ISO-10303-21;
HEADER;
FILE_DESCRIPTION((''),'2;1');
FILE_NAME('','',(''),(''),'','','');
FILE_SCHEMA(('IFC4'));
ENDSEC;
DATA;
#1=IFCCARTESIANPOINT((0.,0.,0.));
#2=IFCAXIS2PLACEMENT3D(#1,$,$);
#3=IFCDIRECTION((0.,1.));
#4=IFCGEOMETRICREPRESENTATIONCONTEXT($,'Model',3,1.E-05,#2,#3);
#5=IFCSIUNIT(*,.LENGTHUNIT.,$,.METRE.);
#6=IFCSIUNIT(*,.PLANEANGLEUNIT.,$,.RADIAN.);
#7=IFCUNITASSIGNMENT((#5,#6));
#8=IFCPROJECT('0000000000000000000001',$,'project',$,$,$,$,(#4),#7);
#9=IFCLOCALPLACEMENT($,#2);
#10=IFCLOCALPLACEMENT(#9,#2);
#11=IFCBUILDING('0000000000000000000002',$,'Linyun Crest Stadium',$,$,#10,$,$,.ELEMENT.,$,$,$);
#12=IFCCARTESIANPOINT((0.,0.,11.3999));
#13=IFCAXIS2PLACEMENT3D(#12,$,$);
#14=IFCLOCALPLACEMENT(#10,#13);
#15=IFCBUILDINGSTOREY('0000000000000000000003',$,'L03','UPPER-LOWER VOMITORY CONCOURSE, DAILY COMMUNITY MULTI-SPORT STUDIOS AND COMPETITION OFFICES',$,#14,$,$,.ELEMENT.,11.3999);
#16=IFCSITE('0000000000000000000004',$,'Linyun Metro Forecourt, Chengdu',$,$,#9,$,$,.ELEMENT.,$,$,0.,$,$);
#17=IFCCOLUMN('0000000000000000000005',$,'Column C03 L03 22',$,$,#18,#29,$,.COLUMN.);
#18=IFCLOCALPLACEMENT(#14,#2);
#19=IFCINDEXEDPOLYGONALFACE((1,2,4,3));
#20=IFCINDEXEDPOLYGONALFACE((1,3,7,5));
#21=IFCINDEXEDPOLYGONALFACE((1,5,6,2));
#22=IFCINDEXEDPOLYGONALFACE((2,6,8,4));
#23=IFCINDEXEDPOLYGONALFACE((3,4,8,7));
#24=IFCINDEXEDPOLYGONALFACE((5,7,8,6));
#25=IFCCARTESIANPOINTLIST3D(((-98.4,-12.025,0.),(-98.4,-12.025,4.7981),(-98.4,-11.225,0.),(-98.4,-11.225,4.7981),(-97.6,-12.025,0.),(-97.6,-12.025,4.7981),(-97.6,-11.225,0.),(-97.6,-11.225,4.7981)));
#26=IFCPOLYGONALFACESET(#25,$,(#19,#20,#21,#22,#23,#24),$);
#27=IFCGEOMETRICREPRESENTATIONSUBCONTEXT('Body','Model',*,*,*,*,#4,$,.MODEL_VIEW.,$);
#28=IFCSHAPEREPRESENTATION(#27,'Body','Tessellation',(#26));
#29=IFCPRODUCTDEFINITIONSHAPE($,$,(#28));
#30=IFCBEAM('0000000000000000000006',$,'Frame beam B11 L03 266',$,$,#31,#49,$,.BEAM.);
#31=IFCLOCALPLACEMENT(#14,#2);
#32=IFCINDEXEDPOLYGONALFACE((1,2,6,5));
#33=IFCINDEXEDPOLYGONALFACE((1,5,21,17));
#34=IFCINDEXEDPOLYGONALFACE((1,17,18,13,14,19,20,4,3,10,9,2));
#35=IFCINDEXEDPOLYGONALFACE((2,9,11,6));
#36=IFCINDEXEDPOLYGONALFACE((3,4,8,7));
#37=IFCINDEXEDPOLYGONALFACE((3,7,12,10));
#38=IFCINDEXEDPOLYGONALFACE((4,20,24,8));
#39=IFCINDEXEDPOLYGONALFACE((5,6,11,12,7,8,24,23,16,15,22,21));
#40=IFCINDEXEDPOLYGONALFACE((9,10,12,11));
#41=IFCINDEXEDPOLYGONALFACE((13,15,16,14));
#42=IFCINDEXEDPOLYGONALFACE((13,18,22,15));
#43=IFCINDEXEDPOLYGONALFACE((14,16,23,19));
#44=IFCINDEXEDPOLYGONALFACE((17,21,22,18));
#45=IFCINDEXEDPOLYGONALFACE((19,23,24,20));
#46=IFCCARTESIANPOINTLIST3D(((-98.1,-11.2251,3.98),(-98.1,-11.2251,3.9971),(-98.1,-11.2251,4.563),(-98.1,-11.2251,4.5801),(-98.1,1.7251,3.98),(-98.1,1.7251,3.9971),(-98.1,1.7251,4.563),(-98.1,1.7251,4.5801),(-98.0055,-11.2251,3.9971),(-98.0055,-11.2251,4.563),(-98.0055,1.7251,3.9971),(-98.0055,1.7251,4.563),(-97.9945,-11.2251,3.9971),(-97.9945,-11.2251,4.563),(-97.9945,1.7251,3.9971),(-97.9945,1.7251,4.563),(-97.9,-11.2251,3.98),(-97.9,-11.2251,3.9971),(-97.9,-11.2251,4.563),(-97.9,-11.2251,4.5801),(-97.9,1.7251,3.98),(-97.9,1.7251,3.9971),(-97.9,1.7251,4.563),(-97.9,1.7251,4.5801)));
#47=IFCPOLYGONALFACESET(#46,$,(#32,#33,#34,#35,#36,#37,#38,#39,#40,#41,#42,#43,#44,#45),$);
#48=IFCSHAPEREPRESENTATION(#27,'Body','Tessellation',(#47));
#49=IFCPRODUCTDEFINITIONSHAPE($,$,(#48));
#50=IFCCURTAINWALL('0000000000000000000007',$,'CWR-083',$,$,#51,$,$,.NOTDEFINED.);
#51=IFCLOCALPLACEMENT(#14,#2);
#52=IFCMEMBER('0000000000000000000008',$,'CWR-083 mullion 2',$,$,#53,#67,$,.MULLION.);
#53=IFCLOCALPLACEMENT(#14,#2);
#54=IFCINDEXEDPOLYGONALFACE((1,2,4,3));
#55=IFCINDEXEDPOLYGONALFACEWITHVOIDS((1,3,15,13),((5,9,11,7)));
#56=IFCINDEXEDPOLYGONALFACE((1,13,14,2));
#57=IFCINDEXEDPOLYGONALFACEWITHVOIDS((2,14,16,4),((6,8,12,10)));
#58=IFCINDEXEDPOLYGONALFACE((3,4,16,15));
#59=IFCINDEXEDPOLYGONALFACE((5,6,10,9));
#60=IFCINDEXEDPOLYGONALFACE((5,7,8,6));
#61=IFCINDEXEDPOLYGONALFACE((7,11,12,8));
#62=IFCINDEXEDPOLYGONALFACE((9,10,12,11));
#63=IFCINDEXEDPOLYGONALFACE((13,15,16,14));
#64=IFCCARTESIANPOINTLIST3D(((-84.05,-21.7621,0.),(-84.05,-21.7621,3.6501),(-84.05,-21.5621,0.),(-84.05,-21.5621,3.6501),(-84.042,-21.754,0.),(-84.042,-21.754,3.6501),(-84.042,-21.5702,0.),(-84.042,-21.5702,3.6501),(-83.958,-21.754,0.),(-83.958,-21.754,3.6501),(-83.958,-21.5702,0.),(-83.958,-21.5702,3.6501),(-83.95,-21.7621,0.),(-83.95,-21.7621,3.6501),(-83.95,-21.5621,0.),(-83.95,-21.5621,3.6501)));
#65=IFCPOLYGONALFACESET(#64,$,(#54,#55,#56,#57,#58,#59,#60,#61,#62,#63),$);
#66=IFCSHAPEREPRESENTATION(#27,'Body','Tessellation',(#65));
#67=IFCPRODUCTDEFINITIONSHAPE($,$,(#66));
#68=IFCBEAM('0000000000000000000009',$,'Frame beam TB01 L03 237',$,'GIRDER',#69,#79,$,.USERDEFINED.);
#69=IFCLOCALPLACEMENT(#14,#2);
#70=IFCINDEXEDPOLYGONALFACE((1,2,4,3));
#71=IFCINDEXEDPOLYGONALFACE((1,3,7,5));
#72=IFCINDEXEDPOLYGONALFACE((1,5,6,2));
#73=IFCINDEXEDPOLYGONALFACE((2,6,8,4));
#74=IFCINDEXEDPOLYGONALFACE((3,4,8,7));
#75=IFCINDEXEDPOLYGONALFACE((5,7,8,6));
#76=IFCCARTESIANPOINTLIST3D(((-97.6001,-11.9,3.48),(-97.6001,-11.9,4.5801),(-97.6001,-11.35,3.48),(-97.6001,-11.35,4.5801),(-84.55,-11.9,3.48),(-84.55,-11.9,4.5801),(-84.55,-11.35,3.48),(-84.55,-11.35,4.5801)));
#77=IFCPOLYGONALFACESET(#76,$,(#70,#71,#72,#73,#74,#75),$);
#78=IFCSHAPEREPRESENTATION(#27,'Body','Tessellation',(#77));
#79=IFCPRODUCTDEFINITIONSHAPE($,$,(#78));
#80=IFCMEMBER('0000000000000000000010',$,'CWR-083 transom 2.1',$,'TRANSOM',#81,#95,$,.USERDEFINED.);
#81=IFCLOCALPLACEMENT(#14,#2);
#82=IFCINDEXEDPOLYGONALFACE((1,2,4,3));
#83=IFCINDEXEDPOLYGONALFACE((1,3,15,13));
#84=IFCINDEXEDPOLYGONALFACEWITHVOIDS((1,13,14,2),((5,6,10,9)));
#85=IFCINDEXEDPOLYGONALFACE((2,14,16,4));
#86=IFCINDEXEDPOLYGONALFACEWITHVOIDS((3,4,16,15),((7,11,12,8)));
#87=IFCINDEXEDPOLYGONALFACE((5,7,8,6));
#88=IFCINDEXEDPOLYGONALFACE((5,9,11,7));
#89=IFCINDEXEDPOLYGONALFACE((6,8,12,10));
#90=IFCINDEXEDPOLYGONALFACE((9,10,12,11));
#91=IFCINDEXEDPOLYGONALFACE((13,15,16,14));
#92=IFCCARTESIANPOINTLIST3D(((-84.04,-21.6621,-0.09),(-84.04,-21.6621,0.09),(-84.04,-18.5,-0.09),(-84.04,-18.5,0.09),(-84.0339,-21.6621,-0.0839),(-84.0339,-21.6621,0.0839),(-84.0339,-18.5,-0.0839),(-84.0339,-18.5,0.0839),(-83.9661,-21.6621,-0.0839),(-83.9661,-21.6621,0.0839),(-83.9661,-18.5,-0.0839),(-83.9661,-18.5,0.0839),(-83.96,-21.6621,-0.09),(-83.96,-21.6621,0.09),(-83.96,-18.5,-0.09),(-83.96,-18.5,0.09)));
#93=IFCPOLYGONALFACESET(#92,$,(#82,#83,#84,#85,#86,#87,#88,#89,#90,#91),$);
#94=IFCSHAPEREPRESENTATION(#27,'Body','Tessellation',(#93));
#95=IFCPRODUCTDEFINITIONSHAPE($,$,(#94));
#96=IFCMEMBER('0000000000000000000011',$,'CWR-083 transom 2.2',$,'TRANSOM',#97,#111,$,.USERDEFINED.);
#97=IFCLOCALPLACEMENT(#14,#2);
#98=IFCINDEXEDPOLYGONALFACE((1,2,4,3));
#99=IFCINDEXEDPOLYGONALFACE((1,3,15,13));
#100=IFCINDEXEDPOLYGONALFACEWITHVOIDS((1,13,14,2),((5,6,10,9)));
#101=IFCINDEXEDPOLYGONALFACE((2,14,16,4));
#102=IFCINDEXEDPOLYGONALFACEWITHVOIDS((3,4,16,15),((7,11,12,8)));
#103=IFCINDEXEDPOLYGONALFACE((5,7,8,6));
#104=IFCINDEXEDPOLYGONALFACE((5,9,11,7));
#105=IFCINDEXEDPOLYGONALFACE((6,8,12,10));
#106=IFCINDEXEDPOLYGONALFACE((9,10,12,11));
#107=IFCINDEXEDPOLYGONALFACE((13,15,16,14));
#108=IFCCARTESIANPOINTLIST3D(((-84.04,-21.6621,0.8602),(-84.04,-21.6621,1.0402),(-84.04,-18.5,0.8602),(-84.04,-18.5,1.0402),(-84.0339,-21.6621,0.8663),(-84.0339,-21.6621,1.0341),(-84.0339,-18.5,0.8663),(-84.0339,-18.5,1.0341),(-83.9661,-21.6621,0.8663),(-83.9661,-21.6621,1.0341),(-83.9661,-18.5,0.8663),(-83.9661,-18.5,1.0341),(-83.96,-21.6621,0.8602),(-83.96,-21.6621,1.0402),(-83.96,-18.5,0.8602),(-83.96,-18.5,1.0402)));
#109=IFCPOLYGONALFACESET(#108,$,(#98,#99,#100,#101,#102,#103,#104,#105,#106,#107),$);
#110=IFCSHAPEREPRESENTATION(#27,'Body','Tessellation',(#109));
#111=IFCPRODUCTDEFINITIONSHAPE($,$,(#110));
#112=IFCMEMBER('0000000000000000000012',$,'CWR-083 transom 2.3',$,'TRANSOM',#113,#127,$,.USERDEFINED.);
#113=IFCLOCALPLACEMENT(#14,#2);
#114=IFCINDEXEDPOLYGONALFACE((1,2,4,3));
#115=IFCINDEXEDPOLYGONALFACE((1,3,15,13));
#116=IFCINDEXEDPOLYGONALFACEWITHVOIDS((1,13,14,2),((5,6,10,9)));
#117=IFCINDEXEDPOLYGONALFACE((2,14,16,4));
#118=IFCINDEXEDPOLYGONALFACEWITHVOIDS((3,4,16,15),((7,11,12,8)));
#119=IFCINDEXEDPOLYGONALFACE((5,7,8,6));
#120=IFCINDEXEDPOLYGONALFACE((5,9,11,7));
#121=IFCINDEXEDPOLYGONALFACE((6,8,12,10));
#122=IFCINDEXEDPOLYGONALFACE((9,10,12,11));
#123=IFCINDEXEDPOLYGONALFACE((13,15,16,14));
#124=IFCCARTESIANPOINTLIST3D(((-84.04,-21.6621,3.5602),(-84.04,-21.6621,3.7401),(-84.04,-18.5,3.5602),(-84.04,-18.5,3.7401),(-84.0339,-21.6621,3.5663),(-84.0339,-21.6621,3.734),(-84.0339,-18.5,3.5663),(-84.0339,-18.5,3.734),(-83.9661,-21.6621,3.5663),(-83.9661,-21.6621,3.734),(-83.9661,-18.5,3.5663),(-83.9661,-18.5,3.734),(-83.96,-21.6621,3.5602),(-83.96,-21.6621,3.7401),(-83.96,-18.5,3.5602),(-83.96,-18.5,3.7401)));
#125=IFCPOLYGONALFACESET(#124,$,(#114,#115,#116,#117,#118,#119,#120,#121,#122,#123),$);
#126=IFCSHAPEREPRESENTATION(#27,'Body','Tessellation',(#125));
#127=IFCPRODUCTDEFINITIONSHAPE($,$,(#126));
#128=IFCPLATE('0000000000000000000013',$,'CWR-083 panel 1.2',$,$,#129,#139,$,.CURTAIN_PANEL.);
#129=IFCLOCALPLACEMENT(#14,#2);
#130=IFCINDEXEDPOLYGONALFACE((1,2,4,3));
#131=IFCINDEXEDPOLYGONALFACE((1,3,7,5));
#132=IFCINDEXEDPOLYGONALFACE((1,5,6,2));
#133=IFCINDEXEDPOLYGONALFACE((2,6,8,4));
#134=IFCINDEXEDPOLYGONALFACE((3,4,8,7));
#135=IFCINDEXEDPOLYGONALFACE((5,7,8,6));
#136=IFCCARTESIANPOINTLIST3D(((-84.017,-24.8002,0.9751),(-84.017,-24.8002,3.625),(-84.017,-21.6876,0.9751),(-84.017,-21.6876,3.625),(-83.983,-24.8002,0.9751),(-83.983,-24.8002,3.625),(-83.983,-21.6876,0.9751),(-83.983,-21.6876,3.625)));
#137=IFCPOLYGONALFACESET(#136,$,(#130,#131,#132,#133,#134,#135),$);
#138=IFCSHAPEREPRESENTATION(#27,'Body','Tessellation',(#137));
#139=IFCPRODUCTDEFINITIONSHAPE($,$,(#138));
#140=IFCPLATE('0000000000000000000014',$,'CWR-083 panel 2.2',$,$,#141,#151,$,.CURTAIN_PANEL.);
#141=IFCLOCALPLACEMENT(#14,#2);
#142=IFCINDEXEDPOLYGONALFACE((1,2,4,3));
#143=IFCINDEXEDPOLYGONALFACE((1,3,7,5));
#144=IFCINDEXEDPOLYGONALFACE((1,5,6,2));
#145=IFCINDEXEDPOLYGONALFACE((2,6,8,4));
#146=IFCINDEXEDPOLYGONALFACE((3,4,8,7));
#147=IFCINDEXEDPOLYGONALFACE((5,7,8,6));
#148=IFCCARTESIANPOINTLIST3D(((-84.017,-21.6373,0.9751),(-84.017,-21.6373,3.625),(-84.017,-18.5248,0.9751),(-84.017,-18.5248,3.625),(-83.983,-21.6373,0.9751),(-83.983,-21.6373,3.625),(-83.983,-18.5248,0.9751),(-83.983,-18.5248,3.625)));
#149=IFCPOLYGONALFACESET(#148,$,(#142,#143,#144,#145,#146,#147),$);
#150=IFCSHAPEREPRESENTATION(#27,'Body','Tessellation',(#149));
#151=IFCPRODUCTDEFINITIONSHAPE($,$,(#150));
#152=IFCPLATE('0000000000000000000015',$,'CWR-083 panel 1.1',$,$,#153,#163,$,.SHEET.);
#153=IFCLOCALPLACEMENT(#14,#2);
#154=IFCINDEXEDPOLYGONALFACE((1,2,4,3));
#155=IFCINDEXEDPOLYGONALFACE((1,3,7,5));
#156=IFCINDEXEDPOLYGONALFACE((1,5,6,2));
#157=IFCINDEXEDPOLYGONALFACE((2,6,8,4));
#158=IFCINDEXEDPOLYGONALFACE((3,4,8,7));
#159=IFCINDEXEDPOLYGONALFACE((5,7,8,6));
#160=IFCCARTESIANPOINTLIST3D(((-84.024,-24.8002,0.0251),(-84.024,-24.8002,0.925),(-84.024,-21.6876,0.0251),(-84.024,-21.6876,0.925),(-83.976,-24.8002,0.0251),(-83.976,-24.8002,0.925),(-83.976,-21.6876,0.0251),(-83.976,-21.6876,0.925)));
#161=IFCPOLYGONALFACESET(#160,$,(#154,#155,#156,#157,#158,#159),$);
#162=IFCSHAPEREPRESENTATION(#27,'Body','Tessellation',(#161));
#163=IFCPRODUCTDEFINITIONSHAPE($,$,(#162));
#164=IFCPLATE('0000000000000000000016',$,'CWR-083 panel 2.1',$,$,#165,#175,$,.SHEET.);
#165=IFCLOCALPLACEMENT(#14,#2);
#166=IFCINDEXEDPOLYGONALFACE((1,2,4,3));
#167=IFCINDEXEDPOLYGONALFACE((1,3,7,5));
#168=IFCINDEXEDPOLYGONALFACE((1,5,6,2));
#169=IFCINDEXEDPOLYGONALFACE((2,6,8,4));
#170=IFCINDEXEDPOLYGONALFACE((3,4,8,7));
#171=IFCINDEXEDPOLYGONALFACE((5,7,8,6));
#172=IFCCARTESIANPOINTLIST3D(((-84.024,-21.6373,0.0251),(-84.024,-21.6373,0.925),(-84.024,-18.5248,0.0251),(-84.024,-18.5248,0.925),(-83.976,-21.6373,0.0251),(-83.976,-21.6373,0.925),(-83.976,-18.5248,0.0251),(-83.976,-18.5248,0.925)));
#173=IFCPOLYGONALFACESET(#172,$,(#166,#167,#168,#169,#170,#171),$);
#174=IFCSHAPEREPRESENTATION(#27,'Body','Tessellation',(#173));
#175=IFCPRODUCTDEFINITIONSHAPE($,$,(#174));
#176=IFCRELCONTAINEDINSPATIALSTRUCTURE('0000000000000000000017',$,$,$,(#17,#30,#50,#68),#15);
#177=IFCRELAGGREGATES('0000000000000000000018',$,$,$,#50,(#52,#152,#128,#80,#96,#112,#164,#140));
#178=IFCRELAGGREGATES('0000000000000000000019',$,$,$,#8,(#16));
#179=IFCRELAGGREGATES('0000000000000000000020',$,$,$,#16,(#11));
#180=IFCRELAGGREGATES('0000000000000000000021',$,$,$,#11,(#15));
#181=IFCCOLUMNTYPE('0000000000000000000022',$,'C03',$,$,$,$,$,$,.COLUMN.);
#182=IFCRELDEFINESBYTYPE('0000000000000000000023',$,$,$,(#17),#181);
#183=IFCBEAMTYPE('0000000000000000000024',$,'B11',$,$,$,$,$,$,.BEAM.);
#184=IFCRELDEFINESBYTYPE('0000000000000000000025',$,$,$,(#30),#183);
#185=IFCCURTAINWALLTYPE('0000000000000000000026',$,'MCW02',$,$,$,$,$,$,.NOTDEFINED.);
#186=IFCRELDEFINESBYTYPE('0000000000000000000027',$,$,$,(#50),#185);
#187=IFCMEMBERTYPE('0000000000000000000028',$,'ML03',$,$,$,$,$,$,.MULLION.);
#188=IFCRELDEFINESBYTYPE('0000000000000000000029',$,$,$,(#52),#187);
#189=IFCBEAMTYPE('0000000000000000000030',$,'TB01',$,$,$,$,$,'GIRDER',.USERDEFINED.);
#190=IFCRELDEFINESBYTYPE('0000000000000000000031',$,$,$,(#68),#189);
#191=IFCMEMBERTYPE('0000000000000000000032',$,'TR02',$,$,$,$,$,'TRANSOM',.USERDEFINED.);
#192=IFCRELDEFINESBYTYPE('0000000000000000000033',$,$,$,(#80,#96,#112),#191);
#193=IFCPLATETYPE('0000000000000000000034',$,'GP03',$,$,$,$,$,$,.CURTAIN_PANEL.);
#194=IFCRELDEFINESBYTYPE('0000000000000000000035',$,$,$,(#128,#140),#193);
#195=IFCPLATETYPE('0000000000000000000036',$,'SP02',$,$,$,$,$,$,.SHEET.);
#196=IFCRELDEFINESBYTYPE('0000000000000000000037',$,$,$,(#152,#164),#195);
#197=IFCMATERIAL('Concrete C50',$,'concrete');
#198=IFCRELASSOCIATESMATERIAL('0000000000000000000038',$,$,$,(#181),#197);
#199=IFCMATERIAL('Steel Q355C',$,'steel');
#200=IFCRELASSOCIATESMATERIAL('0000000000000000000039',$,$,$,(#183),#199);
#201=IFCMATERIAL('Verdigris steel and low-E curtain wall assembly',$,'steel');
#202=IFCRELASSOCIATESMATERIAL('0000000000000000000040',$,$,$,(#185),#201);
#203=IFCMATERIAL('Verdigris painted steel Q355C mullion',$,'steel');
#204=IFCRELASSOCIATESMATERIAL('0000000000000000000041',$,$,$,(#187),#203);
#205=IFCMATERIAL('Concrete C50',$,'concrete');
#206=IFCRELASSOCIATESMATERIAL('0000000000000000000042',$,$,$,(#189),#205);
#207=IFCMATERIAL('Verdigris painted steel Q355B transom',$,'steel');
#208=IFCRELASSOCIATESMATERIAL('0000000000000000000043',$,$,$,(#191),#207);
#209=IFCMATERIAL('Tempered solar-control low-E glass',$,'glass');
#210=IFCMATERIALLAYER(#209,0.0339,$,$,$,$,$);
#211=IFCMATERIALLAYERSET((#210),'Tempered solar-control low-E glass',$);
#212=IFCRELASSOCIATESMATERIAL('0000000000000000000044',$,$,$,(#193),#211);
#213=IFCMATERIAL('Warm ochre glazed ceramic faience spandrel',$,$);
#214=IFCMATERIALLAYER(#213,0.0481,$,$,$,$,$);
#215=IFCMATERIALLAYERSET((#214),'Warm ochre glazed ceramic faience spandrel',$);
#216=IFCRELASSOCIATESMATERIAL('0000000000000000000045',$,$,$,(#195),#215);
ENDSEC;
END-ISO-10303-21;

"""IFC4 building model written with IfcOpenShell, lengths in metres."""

from ifc_helpers import new_model, si_unit, direction, frame, origin, origin_2d, place, context, subcontext, project, spatial, rectangle, hollow_rectangle, i_section, extrude, material, layer, layer_set, material_profile, profile_set, type_object, element, aggregate, save


model = new_model("IFC4")

# Units and contexts
model_context = context("Model", 3, precision=1e-05, world=origin(), true_north=direction((0.0, 1.0)))
body_context = subcontext(model_context, "Body", "Model", "MODEL_VIEW")
ifc_project = project(units=[si_unit("LENGTHUNIT", "METRE"), si_unit("PLANEANGLEUNIT", "RADIAN")], contexts=[model_context])

# Site, building, storey
site_placement = place(None, origin())
site = spatial("IfcSite", under=ifc_project, at=site_placement, Name="Linyun Metro Forecourt, Chengdu", CompositionType="ELEMENT", RefElevation=0.0)
building_placement = place(site_placement, origin())
building = spatial("IfcBuilding", under=site, at=building_placement, Name="Linyun Crest Stadium", CompositionType="ELEMENT")
storey_placement = place(building_placement, frame((0.0, 0.0, 11.3999)))
storey = spatial("IfcBuildingStorey", under=building, at=storey_placement, Name="L03", Description="UPPER-LOWER VOMITORY CONCOURSE, DAILY COMMUNITY MULTI-SPORT STUDIOS AND COMPETITION OFFICES", CompositionType="ELEMENT", Elevation=11.3999)

# Column
ifc_material_1 = material(Name="Concrete C50", Category="concrete")
ifc_material_profile_1 = material_profile(ifc_material_1, rectangle(XDim=0.8, YDim=0.8, at=origin_2d()), Name="RC 800x800")
ifc_profile_set_1 = profile_set([ifc_material_profile_1], Name="Concrete C50")
column_type = type_object("IfcColumnType", Name="C03", PredefinedType="COLUMN", material=ifc_profile_set_1)
column_placement = place(storey_placement, frame((-98.0, -11.625, 0.0), z_axis=(0.0, 0.0, 1.0), x_axis=(1.0, 0.0, 0.0)))
element("IfcColumn", 1, at=column_placement, inside=storey, type_object=column_type, Name="Column C03 L03 22", PredefinedType="COLUMN", context=body_context, shape_type="SweptSolid", body=[
    extrude(rectangle(XDim=0.8, YDim=0.8, at=origin_2d()), origin(), (0.0, 0.0, 1.0), 4.7981),
])

# Beam
ifc_material_2 = material(Name="Steel Q355C", Category="steel")
ifc_material_profile_2 = material_profile(ifc_material_2, i_section(OverallWidth=0.2, OverallDepth=0.6001, WebThickness=0.011, FlangeThickness=0.0171, at=origin_2d()), Name="HN 600x200")
ifc_profile_set_2 = profile_set([ifc_material_profile_2], Name="Steel Q355C")
beam_type_1 = type_object("IfcBeamType", Name="B11", PredefinedType="BEAM", material=ifc_profile_set_2)
beam_1_placement = place(storey_placement, frame((-98.0, -11.2251, 4.28), z_axis=(0.0, 1.0, 0.0), x_axis=(-1.0, 0.0, 0.0)))
element("IfcBeam", 2, at=beam_1_placement, inside=storey, type_object=beam_type_1, Name="Frame beam B11 L03 266", PredefinedType="BEAM", context=body_context, shape_type="SweptSolid", body=[
    extrude(i_section(OverallWidth=0.2, OverallDepth=0.6001, WebThickness=0.011, FlangeThickness=0.0171, at=origin_2d()), origin(), (0.0, 0.0, 1.0), 12.9502),
])

# Curtain wall, member
ifc_material_3 = material(Name="Verdigris steel and low-E curtain wall assembly", Category="steel")
curtain_wall_type = type_object("IfcCurtainWallType", Name="MCW02", PredefinedType="NOTDEFINED", material=ifc_material_3)
curtain_wall_placement = place(storey_placement, origin())
curtain_wall = element("IfcCurtainWall", 3, at=curtain_wall_placement, inside=storey, type_object=curtain_wall_type, Name="CWR-083", PredefinedType="NOTDEFINED")
ifc_material_4 = material(Name="Verdigris painted steel Q355C mullion", Category="steel")
ifc_material_profile_3 = material_profile(ifc_material_4, hollow_rectangle(XDim=0.1001, YDim=0.2, WallThickness=0.0081, at=origin_2d()), Name="RHS 200x100x8")
ifc_profile_set_3 = profile_set([ifc_material_profile_3], Name="Verdigris painted steel Q355C mullion")
member_type_1 = type_object("IfcMemberType", Name="ML03", PredefinedType="MULLION", material=ifc_profile_set_3)
member_1_placement = place(storey_placement, frame((-84.0, -21.6621, 0.0), z_axis=(0.0, 0.0, 1.0), x_axis=(-1.0, 0.0, 0.0)))
member_1 = element("IfcMember", 4, at=member_1_placement, type_object=member_type_1, Name="CWR-083 mullion 2", PredefinedType="MULLION", context=body_context, shape_type="SweptSolid", body=[
    extrude(hollow_rectangle(XDim=0.1001, YDim=0.2, WallThickness=0.0081, at=origin_2d()), origin(), (0.0, 0.0, 1.0), 3.6501),
])

# Beam
ifc_material_5 = material(Name="Concrete C50", Category="concrete")
ifc_material_profile_4 = material_profile(ifc_material_5, rectangle(XDim=0.55, YDim=1.1001, at=origin_2d()), Name="RCB 1100x550")
ifc_profile_set_4 = profile_set([ifc_material_profile_4], Name="Concrete C50")
beam_type_2 = type_object("IfcBeamType", Name="TB01", ElementType="GIRDER", PredefinedType="USERDEFINED", material=ifc_profile_set_4)
beam_2_placement = place(storey_placement, frame((-97.6001, -11.625, 4.03), z_axis=(1.0, 0.0, 0.0), x_axis=(0.0, 1.0, 0.0)))
element("IfcBeam", 5, at=beam_2_placement, inside=storey, type_object=beam_type_2, Name="Frame beam TB01 L03 237", ObjectType="GIRDER", PredefinedType="USERDEFINED", context=body_context, shape_type="SweptSolid", body=[
    extrude(rectangle(XDim=0.55, YDim=1.1001, at=origin_2d()), origin(), (0.0, 0.0, 1.0), 13.05),
])

# Members
ifc_material_6 = material(Name="Verdigris painted steel Q355B transom", Category="steel")
ifc_material_profile_5 = material_profile(ifc_material_6, hollow_rectangle(XDim=0.0801, YDim=0.1799, WallThickness=0.0061, at=origin_2d()), Name="RHS 180x80x6")
ifc_profile_set_5 = profile_set([ifc_material_profile_5], Name="Verdigris painted steel Q355B transom")
member_type_2 = type_object("IfcMemberType", Name="TR02", ElementType="TRANSOM", PredefinedType="USERDEFINED", material=ifc_profile_set_5)
member_2_placement = place(storey_placement, frame((-84.0, -21.6621, 0.0), z_axis=(0.0, 1.0, 0.0), x_axis=(-1.0, 0.0, 0.0)))
member_2 = element("IfcMember", 6, at=member_2_placement, type_object=member_type_2, Name="CWR-083 transom 2.1", ObjectType="TRANSOM", PredefinedType="USERDEFINED", context=body_context, shape_type="SweptSolid", body=[
    extrude(hollow_rectangle(XDim=0.0801, YDim=0.1799, WallThickness=0.0061, at=origin_2d()), origin(), (0.0, 0.0, 1.0), 3.1621),
])
member_3_placement = place(storey_placement, frame((-84.0, -21.6621, 0.9502), z_axis=(0.0, 1.0, 0.0), x_axis=(-1.0, 0.0, 0.0)))
member_3 = element("IfcMember", 7, at=member_3_placement, type_object=member_type_2, Name="CWR-083 transom 2.2", ObjectType="TRANSOM", PredefinedType="USERDEFINED", context=body_context, shape_type="SweptSolid", body=[
    extrude(hollow_rectangle(XDim=0.0801, YDim=0.1799, WallThickness=0.0061, at=origin_2d()), origin(), (0.0, 0.0, 1.0), 3.1621),
])
member_4_placement = place(storey_placement, frame((-84.0, -21.6621, 3.6501), z_axis=(0.0, 1.0, 0.0), x_axis=(-1.0, 0.0, 0.0)))
member_4 = element("IfcMember", 8, at=member_4_placement, type_object=member_type_2, Name="CWR-083 transom 2.3", ObjectType="TRANSOM", PredefinedType="USERDEFINED", context=body_context, shape_type="SweptSolid", body=[
    extrude(hollow_rectangle(XDim=0.0801, YDim=0.1799, WallThickness=0.0061, at=origin_2d()), origin(), (0.0, 0.0, 1.0), 3.1621),
])

# Plates
ifc_material_7 = material(Name="Tempered solar-control low-E glass", Category="glass")
ifc_layer_1 = layer(ifc_material_7, 0.0339)
ifc_layer_set_1 = layer_set([ifc_layer_1], Name="Tempered solar-control low-E glass")
plate_type_1 = type_object("IfcPlateType", Name="GP03", PredefinedType="CURTAIN_PANEL", material=ifc_layer_set_1)
plate_1_placement = place(storey_placement, frame((-84.0, -23.2439, 0.9751), z_axis=(0.0, 0.0, 1.0), x_axis=(0.0, 1.0, 0.0)))
plate_1 = element("IfcPlate", 9, at=plate_1_placement, type_object=plate_type_1, Name="CWR-083 panel 1.2", PredefinedType="CURTAIN_PANEL", context=body_context, shape_type="SweptSolid", body=[
    extrude(rectangle(XDim=3.1125, YDim=0.0339, at=origin_2d()), origin(), (0.0, 0.0, 1.0), 2.6499),
])
plate_2_placement = place(storey_placement, frame((-84.0, -20.0811, 0.9751), z_axis=(0.0, 0.0, 1.0), x_axis=(0.0, 1.0, 0.0)))
plate_2 = element("IfcPlate", 10, at=plate_2_placement, type_object=plate_type_1, Name="CWR-083 panel 2.2", PredefinedType="CURTAIN_PANEL", context=body_context, shape_type="SweptSolid", body=[
    extrude(rectangle(XDim=3.1125, YDim=0.0339, at=origin_2d()), origin(), (0.0, 0.0, 1.0), 2.6499),
])
ifc_material_8 = material(Name="Warm ochre glazed ceramic faience spandrel")
ifc_layer_2 = layer(ifc_material_8, 0.0481)
ifc_layer_set_2 = layer_set([ifc_layer_2], Name="Warm ochre glazed ceramic faience spandrel")
plate_type_2 = type_object("IfcPlateType", Name="SP02", PredefinedType="SHEET", material=ifc_layer_set_2)
plate_3_placement = place(storey_placement, frame((-84.0, -23.2439, 0.0251), z_axis=(0.0, 0.0, 1.0), x_axis=(0.0, 1.0, 0.0)))
plate_3 = element("IfcPlate", 11, at=plate_3_placement, type_object=plate_type_2, Name="CWR-083 panel 1.1", PredefinedType="SHEET", context=body_context, shape_type="SweptSolid", body=[
    extrude(rectangle(XDim=3.1125, YDim=0.0481, at=origin_2d()), origin(), (0.0, 0.0, 1.0), 0.8999),
])
plate_4_placement = place(storey_placement, frame((-84.0, -20.0811, 0.0251), z_axis=(0.0, 0.0, 1.0), x_axis=(0.0, 1.0, 0.0)))
plate_4 = element("IfcPlate", 12, at=plate_4_placement, type_object=plate_type_2, Name="CWR-083 panel 2.1", PredefinedType="SHEET", context=body_context, shape_type="SweptSolid", body=[
    extrude(rectangle(XDim=3.1125, YDim=0.0481, at=origin_2d()), origin(), (0.0, 0.0, 1.0), 0.8999),
])
aggregate(curtain_wall, [member_1, plate_3, plate_1, member_2, member_3, member_4, plate_4, plate_2])

save(model, "model.ifc")
